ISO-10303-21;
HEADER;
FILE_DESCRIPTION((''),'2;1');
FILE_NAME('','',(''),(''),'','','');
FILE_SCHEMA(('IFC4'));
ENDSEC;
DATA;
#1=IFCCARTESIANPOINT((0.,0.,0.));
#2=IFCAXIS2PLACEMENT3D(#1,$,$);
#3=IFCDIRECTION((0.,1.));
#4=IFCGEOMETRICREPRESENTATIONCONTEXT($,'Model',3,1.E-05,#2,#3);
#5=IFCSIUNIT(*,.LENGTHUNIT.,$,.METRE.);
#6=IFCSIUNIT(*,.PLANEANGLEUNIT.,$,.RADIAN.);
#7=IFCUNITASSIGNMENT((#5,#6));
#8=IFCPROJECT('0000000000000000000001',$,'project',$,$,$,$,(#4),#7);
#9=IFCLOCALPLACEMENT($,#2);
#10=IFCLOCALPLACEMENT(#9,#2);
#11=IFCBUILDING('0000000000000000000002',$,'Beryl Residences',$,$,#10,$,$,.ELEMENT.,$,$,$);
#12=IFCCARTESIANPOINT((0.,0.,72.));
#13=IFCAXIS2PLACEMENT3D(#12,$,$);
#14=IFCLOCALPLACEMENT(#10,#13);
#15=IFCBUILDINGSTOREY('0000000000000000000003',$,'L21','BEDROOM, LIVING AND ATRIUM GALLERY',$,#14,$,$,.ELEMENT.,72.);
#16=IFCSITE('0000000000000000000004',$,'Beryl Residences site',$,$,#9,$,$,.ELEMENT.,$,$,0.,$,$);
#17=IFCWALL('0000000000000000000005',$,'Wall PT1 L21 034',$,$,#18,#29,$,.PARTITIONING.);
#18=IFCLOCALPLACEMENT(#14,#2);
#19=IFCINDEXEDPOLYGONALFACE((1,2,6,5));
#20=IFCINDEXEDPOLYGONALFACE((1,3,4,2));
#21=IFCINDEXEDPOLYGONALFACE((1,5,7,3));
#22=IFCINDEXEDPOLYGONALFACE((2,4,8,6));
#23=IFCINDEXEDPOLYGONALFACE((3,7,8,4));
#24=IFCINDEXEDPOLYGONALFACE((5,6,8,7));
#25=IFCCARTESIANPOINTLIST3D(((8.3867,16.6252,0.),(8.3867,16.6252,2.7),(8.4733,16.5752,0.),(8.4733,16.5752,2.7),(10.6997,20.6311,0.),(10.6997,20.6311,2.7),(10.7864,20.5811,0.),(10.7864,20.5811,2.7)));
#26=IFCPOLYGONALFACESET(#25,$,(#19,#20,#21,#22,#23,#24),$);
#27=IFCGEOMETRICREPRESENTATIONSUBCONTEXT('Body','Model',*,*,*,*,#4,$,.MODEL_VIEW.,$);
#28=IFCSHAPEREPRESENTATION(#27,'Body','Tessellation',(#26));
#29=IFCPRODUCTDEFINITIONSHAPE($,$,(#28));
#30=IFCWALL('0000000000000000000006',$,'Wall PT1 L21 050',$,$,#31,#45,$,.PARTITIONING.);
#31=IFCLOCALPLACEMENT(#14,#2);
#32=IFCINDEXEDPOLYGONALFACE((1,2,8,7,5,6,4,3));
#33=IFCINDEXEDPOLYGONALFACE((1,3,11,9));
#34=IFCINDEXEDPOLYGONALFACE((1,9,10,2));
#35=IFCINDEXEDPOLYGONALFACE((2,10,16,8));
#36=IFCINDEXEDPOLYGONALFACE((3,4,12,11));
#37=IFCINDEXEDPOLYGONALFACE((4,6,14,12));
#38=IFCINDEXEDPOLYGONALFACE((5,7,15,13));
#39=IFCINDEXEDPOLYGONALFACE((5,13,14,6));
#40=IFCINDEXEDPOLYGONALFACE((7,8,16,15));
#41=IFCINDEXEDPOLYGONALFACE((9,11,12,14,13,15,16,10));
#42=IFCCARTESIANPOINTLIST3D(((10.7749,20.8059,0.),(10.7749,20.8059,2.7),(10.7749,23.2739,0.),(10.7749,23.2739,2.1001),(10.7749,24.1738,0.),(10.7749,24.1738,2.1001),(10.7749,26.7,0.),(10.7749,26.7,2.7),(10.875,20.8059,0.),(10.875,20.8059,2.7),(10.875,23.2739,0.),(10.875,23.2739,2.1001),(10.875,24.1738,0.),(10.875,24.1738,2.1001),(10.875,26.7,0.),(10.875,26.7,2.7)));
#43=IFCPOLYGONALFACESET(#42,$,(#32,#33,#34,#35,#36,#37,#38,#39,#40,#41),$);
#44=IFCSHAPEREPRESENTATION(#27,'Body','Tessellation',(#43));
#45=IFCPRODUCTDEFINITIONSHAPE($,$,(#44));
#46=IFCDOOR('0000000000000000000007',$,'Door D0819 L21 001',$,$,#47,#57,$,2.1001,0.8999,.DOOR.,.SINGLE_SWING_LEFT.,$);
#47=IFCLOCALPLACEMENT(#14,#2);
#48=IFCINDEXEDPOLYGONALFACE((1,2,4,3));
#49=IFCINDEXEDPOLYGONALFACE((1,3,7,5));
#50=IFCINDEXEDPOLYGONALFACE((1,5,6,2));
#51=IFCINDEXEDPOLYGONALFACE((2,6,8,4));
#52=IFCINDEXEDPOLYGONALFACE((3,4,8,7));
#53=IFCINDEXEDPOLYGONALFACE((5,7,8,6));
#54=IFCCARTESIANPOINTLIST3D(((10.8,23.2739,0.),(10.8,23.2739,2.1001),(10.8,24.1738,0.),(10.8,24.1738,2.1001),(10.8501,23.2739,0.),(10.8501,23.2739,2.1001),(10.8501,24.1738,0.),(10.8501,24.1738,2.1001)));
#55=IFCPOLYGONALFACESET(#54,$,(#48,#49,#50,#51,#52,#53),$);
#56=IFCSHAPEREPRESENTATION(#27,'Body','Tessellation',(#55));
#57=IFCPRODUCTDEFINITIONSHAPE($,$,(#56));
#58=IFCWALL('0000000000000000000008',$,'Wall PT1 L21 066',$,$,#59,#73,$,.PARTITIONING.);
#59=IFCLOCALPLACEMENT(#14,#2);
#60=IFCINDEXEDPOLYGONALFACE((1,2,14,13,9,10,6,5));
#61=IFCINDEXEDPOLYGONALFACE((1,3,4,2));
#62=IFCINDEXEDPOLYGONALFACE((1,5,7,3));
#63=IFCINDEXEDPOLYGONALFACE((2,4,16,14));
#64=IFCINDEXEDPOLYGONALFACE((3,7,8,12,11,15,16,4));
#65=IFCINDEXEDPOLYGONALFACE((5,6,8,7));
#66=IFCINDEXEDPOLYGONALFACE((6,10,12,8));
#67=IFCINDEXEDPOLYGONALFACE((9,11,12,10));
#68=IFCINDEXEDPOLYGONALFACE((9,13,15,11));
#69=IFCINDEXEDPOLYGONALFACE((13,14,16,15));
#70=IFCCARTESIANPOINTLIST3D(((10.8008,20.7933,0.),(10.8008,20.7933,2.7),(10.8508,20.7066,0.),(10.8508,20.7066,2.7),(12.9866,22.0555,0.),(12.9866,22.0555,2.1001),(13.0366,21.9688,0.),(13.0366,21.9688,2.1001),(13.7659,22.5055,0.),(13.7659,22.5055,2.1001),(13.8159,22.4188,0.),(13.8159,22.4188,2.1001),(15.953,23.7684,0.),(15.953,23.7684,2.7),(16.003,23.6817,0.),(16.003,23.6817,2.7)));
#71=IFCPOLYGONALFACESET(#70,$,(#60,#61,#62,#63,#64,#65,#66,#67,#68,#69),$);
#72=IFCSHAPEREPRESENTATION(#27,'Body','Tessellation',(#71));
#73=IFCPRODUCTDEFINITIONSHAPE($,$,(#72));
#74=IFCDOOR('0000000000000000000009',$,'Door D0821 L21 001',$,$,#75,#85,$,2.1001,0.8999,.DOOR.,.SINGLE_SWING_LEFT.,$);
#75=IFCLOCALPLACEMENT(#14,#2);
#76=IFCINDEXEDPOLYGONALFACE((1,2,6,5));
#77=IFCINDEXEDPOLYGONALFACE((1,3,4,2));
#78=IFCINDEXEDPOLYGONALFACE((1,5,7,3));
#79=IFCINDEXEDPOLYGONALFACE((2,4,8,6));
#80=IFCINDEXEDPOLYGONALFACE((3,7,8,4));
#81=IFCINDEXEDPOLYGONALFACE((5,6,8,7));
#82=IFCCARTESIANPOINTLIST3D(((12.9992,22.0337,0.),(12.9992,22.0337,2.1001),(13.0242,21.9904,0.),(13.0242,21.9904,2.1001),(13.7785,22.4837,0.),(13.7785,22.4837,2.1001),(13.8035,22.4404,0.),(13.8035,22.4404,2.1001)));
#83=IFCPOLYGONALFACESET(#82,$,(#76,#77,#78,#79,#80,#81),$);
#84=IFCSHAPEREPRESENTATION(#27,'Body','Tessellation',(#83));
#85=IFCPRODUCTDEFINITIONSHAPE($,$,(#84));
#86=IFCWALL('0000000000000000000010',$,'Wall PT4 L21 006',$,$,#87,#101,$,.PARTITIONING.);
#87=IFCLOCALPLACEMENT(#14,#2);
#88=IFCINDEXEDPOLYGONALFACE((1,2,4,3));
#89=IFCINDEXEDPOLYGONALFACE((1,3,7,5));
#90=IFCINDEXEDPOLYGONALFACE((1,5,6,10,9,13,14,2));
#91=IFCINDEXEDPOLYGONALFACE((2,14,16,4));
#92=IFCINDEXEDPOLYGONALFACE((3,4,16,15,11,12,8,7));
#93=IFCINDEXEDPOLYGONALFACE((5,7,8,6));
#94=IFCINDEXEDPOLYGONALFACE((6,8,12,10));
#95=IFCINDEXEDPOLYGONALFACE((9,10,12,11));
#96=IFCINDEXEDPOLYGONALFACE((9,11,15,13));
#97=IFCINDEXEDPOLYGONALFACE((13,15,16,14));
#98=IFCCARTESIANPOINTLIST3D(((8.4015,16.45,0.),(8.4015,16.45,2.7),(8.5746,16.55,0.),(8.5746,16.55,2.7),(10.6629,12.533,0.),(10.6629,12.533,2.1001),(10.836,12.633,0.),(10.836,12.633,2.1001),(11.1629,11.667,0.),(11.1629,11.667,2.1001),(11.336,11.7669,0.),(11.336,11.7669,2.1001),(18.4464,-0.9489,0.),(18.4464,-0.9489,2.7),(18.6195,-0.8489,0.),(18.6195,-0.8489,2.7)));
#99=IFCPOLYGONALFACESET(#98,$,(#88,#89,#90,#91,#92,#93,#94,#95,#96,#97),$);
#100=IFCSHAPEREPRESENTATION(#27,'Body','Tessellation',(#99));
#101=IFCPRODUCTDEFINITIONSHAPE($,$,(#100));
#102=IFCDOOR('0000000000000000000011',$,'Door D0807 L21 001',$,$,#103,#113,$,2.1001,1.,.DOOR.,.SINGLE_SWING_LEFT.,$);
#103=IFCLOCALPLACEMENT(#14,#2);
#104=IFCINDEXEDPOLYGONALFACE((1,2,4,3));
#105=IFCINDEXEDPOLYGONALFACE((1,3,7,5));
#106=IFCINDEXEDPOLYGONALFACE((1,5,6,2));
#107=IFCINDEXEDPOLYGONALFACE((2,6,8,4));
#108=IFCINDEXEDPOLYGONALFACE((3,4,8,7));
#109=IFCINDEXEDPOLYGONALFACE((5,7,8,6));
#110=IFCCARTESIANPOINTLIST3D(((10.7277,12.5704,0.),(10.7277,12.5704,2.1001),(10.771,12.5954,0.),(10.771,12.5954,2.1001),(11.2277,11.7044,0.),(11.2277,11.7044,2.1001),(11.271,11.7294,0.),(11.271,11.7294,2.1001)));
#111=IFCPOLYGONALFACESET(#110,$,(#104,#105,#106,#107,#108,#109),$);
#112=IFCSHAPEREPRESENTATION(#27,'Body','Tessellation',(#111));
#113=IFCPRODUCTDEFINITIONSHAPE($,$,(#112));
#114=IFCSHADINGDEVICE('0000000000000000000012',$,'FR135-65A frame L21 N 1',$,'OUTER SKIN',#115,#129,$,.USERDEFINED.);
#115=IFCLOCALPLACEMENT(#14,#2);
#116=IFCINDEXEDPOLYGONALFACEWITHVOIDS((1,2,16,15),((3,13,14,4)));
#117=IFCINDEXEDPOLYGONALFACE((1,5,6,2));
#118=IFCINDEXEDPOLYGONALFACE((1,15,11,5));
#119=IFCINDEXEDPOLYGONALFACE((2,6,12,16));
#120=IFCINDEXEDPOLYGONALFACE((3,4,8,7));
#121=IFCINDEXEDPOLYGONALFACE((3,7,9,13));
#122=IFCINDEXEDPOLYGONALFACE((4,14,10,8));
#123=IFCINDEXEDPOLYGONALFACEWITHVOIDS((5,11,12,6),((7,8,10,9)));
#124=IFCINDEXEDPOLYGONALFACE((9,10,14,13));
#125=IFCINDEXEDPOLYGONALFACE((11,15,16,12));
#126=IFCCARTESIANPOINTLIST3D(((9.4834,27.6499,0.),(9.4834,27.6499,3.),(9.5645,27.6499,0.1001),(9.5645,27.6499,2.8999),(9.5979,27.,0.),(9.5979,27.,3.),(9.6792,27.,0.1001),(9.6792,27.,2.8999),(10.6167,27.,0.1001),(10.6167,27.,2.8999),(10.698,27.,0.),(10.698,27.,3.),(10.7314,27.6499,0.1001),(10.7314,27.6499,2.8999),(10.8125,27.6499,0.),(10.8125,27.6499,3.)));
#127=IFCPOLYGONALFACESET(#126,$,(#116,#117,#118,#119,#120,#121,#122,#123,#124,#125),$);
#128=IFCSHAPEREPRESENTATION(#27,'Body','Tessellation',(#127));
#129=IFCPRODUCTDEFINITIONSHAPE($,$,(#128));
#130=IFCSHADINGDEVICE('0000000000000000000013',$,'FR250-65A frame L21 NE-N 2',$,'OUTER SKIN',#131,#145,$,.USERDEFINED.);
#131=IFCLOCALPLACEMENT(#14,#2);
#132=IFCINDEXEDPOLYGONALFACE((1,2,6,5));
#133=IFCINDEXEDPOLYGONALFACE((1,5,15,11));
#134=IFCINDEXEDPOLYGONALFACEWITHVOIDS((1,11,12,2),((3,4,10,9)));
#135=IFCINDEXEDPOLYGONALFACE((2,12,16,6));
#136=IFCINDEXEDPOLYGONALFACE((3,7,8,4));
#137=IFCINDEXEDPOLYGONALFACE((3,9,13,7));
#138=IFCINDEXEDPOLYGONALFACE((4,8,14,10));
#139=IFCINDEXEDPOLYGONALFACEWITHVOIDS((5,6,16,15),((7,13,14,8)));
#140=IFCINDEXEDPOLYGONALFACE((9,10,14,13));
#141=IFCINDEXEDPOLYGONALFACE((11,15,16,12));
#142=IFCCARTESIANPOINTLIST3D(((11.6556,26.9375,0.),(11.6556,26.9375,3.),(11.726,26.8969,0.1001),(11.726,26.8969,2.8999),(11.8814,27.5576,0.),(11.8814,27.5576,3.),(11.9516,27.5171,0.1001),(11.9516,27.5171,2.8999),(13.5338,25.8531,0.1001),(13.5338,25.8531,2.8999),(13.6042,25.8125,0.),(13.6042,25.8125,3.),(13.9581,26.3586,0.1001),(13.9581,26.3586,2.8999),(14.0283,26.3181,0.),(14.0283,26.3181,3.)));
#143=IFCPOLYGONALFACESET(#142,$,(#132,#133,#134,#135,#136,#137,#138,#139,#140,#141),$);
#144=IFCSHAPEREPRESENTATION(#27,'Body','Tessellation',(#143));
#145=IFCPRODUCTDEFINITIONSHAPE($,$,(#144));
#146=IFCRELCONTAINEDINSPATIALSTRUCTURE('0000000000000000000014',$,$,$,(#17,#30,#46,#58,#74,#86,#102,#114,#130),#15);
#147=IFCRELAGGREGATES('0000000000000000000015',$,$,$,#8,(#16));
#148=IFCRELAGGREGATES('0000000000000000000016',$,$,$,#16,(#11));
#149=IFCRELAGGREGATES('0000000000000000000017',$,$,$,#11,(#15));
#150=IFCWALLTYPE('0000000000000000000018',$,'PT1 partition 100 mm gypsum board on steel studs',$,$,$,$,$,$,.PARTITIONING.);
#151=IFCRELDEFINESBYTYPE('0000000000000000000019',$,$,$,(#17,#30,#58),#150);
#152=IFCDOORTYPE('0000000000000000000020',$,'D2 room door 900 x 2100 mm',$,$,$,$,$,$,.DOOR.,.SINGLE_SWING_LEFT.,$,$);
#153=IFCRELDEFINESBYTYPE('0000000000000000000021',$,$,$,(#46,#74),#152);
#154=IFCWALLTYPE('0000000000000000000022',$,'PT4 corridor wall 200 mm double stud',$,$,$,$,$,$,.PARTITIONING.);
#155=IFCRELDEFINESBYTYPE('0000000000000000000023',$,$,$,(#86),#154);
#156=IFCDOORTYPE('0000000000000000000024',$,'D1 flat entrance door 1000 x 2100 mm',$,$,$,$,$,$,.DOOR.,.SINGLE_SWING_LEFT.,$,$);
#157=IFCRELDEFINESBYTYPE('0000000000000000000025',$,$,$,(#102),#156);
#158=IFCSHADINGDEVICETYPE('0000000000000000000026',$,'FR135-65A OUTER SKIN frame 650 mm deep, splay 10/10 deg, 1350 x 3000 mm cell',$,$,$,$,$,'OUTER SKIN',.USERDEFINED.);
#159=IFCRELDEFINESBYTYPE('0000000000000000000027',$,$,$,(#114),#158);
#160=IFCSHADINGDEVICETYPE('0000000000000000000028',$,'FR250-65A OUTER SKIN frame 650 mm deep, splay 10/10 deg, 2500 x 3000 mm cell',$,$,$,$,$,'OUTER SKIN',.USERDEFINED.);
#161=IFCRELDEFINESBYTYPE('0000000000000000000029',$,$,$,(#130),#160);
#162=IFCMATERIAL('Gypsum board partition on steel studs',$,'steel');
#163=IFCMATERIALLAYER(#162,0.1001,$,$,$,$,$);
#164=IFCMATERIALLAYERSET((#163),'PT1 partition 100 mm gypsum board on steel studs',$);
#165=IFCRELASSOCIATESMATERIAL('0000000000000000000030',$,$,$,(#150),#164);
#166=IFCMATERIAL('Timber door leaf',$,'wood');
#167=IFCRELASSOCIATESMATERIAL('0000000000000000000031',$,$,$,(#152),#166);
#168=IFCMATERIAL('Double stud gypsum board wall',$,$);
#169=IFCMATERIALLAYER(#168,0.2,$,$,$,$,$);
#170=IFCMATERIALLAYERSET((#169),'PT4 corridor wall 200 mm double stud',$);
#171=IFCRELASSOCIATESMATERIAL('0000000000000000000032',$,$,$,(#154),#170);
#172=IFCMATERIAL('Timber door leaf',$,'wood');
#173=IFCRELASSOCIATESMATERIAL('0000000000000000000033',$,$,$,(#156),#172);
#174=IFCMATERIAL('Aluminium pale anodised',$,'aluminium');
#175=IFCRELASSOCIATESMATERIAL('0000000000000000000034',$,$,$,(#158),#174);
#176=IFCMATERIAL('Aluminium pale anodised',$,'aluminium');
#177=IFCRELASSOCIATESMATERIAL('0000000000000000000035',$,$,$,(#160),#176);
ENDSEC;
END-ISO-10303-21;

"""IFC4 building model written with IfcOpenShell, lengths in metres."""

from ifc_helpers import new_model, entity, si_unit, direction, frame, frame_2d, origin, place, context, subcontext, project, spatial, rectangle, extrude, source, transform, mapped, material, layer, layer_set, type_object, type_shapes, element, fill, save


model = new_model("IFC4")

# Units and contexts
model_context = context("Model", 3, precision=1e-05, world=origin(), true_north=direction((0.0, 1.0)))
body_context = subcontext(model_context, "Body", "Model", "MODEL_VIEW")
ifc_project = project(units=[si_unit("LENGTHUNIT", "METRE"), si_unit("PLANEANGLEUNIT", "RADIAN")], contexts=[model_context])

# Site, building, storey
site_placement = place(None, origin())
site = spatial("IfcSite", under=ifc_project, at=site_placement, Name="Beryl Residences site", CompositionType="ELEMENT", RefElevation=0.0)
building_placement = place(site_placement, origin())
building = spatial("IfcBuilding", under=site, at=building_placement, Name="Beryl Residences", CompositionType="ELEMENT")
storey_placement = place(building_placement, frame((0.0, 0.0, 72.0)))
storey = spatial("IfcBuildingStorey", under=building, at=storey_placement, Name="L21", Description="BEDROOM, LIVING AND ATRIUM GALLERY", CompositionType="ELEMENT", Elevation=72.0)

# Shared definitions
ifc_material_1 = material(Name="Gypsum board partition on steel studs", Category="steel")
ifc_layer_1 = layer(ifc_material_1, 0.1001)
ifc_layer_set_1 = layer_set([ifc_layer_1], Name="PT1 partition 100 mm gypsum board on steel studs")
wall_type_1 = type_object("IfcWallType", Name="PT1 partition 100 mm gypsum board on steel studs", PredefinedType="PARTITIONING", material=ifc_layer_set_1)

# Wall
wall_1_placement = place(storey_placement, frame((8.4299, 16.6001, 0.0), z_axis=(0.0, 0.0, 1.0), x_axis=(0.500033, 0.866006, 0.0)))
element("IfcWall", 1, at=wall_1_placement, inside=storey, type_object=wall_type_1, Name="Wall PT1 L21 034", PredefinedType="PARTITIONING", context=body_context, shape_type="SweptSolid", body=[
    extrude(rectangle(XDim=4.6257, YDim=0.1001, at=frame_2d((2.313, 0.0))), origin(), (0.0, 0.0, 1.0), 2.7),
])

# Walls, openings, doors
wall_2_placement = place(storey_placement, frame((10.825, 20.8059, 0.0), z_axis=(0.0, 0.0, 1.0), x_axis=(0.0, 1.0, 0.0)))
wall_2 = element("IfcWall", 2, at=wall_2_placement, inside=storey, type_object=wall_type_1, Name="Wall PT1 L21 050", PredefinedType="PARTITIONING", context=body_context, shape_type="SweptSolid", body=[
    extrude(rectangle(XDim=5.894, YDim=0.1001, at=frame_2d((2.947, 0.0))), origin(), (0.0, 0.0, 1.0), 2.7),
])
opening_1_placement = place(wall_2_placement, frame((2.468, 0.0, 0.0)))
opening_1 = element("IfcOpeningElement", 3, at=opening_1_placement, cuts=wall_2, PredefinedType="OPENING", context=body_context, shape_type="SweptSolid", body=[
    extrude(rectangle(XDim=0.8999, YDim=2.1001, at=frame_2d((0.45, 1.05))), frame((0.0, 0.0601, 0.0), z_axis=(0.0, -1.0, 0.0), x_axis=(1.0, 0.0, 0.0)), (0.0, 0.0, 1.0), 0.1201),
])
ifc_material_2 = material(Name="Timber door leaf", Category="wood")
door_type_1 = type_object("IfcDoorType", Name="D2 room door 900 x 2100 mm", OperationType="SINGLE_SWING_LEFT", PredefinedType="DOOR", material=ifc_material_2)
door_1_placement = place(opening_1_placement, origin())
door_1 = element("IfcDoor", 4, at=door_1_placement, inside=storey, type_object=door_type_1, Name="Door D0819 L21 001", OperationType="SINGLE_SWING_LEFT", OverallHeight=2.1001, OverallWidth=0.8999, PredefinedType="DOOR", context=body_context, shape_type="SweptSolid", body=[
    extrude(rectangle(XDim=0.8999, YDim=2.1001, at=frame_2d((0.45, 1.05))), frame((0.0, 0.0249, 0.0), z_axis=(0.0, -1.0, 0.0), x_axis=(1.0, 0.0, 0.0)), (0.0, 0.0, 1.0), 0.05),
])
fill(opening_1, door_1)
wall_3_placement = place(storey_placement, frame((10.8259, 20.75, 0.0), z_axis=(0.0, 0.0, 1.0), x_axis=(0.865987, 0.500067, 0.0)))
wall_3 = element("IfcWall", 5, at=wall_3_placement, inside=storey, type_object=wall_type_1, Name="Wall PT1 L21 066", PredefinedType="PARTITIONING", context=body_context, shape_type="SweptSolid", body=[
    extrude(rectangle(XDim=5.9495, YDim=0.1001, at=frame_2d((2.9746, 0.0))), origin(), (0.0, 0.0, 1.0), 2.7),
])
opening_2_placement = place(wall_3_placement, frame((2.5239, 0.0, 0.0)))
opening_2 = element("IfcOpeningElement", 6, at=opening_2_placement, cuts=wall_3, PredefinedType="OPENING", context=body_context, shape_type="SweptSolid", body=[
    extrude(rectangle(XDim=0.8999, YDim=2.1001, at=frame_2d((0.45, 1.05))), frame((0.0, 0.0601, 0.0), z_axis=(0.0, -1.0, 0.0), x_axis=(1.0, 0.0, 0.0)), (0.0, 0.0, 1.0), 0.1201),
])
door_2_placement = place(opening_2_placement, origin())
door_2 = element("IfcDoor", 7, at=door_2_placement, inside=storey, type_object=door_type_1, Name="Door D0821 L21 001", OperationType="SINGLE_SWING_LEFT", OverallHeight=2.1001, OverallWidth=0.8999, PredefinedType="DOOR", context=body_context, shape_type="SweptSolid", body=[
    extrude(rectangle(XDim=0.8999, YDim=2.1001, at=frame_2d((0.45, 1.05))), frame((0.0, 0.0249, 0.0), z_axis=(0.0, -1.0, 0.0), x_axis=(1.0, 0.0, 0.0)), (0.0, 0.0, 1.0), 0.05),
])
fill(opening_2, door_2)
ifc_material_3 = material(Name="Double stud gypsum board wall")
ifc_layer_2 = layer(ifc_material_3, 0.2)
ifc_layer_set_2 = layer_set([ifc_layer_2], Name="PT4 corridor wall 200 mm double stud")
wall_type_2 = type_object("IfcWallType", Name="PT4 corridor wall 200 mm double stud", PredefinedType="PARTITIONING", material=ifc_layer_set_2)
wall_4_placement = place(storey_placement, frame((8.488, 16.5, 0.0), z_axis=(0.0, 0.0, 1.0), x_axis=(0.499987, -0.866033, 0.0)))
wall_4 = element("IfcWall", 8, at=wall_4_placement, inside=storey, type_object=wall_type_2, Name="Wall PT4 L21 006", PredefinedType="PARTITIONING", context=body_context, shape_type="SweptSolid", body=[
    extrude(rectangle(XDim=20.0903, YDim=0.2, at=frame_2d((10.0452, 0.0))), origin(), (0.0, 0.0, 1.0), 2.7),
])
opening_3_placement = place(wall_4_placement, frame((4.5229, 0.0, 0.0)))
opening_3 = element("IfcOpeningElement", 9, at=opening_3_placement, cuts=wall_4, PredefinedType="OPENING", context=body_context, shape_type="SweptSolid", body=[
    extrude(rectangle(XDim=1.0, YDim=2.1001, at=frame_2d((0.5, 1.05))), frame((0.0, 0.1099, 0.0), z_axis=(0.0, -1.0, 0.0), x_axis=(1.0, 0.0, 0.0)), (0.0, 0.0, 1.0), 0.22),
])
ifc_material_4 = material(Name="Timber door leaf", Category="wood")
door_type_2 = type_object("IfcDoorType", Name="D1 flat entrance door 1000 x 2100 mm", OperationType="SINGLE_SWING_LEFT", PredefinedType="DOOR", material=ifc_material_4)
door_3_placement = place(opening_3_placement, origin())
door_3 = element("IfcDoor", 10, at=door_3_placement, inside=storey, type_object=door_type_2, Name="Door D0807 L21 001", OperationType="SINGLE_SWING_LEFT", OverallHeight=2.1001, OverallWidth=1.0, PredefinedType="DOOR", context=body_context, shape_type="SweptSolid", body=[
    extrude(rectangle(XDim=1.0, YDim=2.1001, at=frame_2d((0.5, 1.05))), frame((0.0, 0.0249, 0.0), z_axis=(0.0, -1.0, 0.0), x_axis=(1.0, 0.0, 0.0)), (0.0, 0.0, 1.0), 0.05),
])
fill(opening_3, door_3)

# Shading devices
ifc_material_5 = material(Name="Aluminium pale anodised", Category="aluminium")
shading_device_type_1 = type_object("IfcShadingDeviceType", Name="FR135-65A OUTER SKIN frame 650 mm deep, splay 10/10 deg, 1350 x 3000 mm cell", ElementType="OUTER SKIN", PredefinedType="USERDEFINED", material=ifc_material_5)
cartesian_point_1 = entity("IfcCartesianPoint", [-0.55, 0.0])
cartesian_point_2 = entity("IfcCartesianPoint", [-0.4688, 0.1001])
cartesian_point_3 = entity("IfcCartesianPoint", [-0.6646, 0.0])
cartesian_point_4 = entity("IfcCartesianPoint", [-0.5835, 0.1001])
shared_shape_1 = source(origin(), body_context, "Body", "SweptSolid", [
    entity("IfcExtrudedAreaSolidTapered", entity("IfcArbitraryProfileDefWithVoids", "AREA", None, entity("IfcPolyline", [cartesian_point_1, entity("IfcCartesianPoint", [0.55, 0.0]), entity("IfcCartesianPoint", [0.55, 3.0]), entity("IfcCartesianPoint", [-0.55, 3.0]), cartesian_point_1]), [entity("IfcPolyline", [cartesian_point_2, entity("IfcCartesianPoint", [0.4688, 0.1001]), entity("IfcCartesianPoint", [0.4688, 2.8999]), entity("IfcCartesianPoint", [-0.4688, 2.8999]), cartesian_point_2])]), entity("IfcAxis2Placement3D", entity("IfcCartesianPoint", [0.0, 0.0, 0.0]), entity("IfcDirection", [0.0, 1.0, 0.0]), entity("IfcDirection", [-1.0, 0.0, 0.0])), entity("IfcDirection", [0.0, 0.0, 1.0]), 0.6499, entity("IfcArbitraryProfileDefWithVoids", "AREA", None, entity("IfcPolyline", [cartesian_point_3, entity("IfcCartesianPoint", [0.6646, 0.0]), entity("IfcCartesianPoint", [0.6646, 3.0]), entity("IfcCartesianPoint", [-0.6646, 3.0]), cartesian_point_3]), [entity("IfcPolyline", [cartesian_point_4, entity("IfcCartesianPoint", [0.5835, 0.1001]), entity("IfcCartesianPoint", [0.5835, 2.8999]), entity("IfcCartesianPoint", [-0.5835, 2.8999]), cartesian_point_4])])),
])
type_shapes(shading_device_type_1, [shared_shape_1])
shading_device_1_placement = place(storey_placement, frame((10.1479, 27.0, 0.0), z_axis=(0.0, 0.0, 1.0), x_axis=(1.0, 0.0, 0.0)))
element("IfcShadingDevice", 11, at=shading_device_1_placement, inside=storey, type_object=shading_device_type_1, Name="FR135-65A frame L21 N 1", ObjectType="OUTER SKIN", PredefinedType="USERDEFINED", context=body_context, shape_type="MappedRepresentation", body=[
    mapped(shared_shape_1, transform((0.0, 0.0, 0.0))),
])
ifc_material_6 = material(Name="Aluminium pale anodised", Category="aluminium")
shading_device_type_2 = type_object("IfcShadingDeviceType", Name="FR250-65A OUTER SKIN frame 650 mm deep, splay 10/10 deg, 2500 x 3000 mm cell", ElementType="OUTER SKIN", PredefinedType="USERDEFINED", material=ifc_material_6)
cartesian_point_5 = entity("IfcCartesianPoint", [-1.125, 0.0])
cartesian_point_6 = entity("IfcCartesianPoint", [-1.0437, 0.1001])
cartesian_point_7 = entity("IfcCartesianPoint", [-1.2395, 0.0])
cartesian_point_8 = entity("IfcCartesianPoint", [-1.1584, 0.1001])
shared_shape_2 = source(origin(), body_context, "Body", "SweptSolid", [
    entity("IfcExtrudedAreaSolidTapered", entity("IfcArbitraryProfileDefWithVoids", "AREA", None, entity("IfcPolyline", [cartesian_point_5, entity("IfcCartesianPoint", [1.125, 0.0]), entity("IfcCartesianPoint", [1.125, 3.0]), entity("IfcCartesianPoint", [-1.125, 3.0]), cartesian_point_5]), [entity("IfcPolyline", [cartesian_point_6, entity("IfcCartesianPoint", [1.0437, 0.1001]), entity("IfcCartesianPoint", [1.0437, 2.8999]), entity("IfcCartesianPoint", [-1.0437, 2.8999]), cartesian_point_6])]), entity("IfcAxis2Placement3D", entity("IfcCartesianPoint", [0.0, 0.0, 0.0]), entity("IfcDirection", [0.0, 1.0, 0.0]), entity("IfcDirection", [-1.0, 0.0, 0.0])), entity("IfcDirection", [0.0, 0.0, 1.0]), 0.6499, entity("IfcArbitraryProfileDefWithVoids", "AREA", None, entity("IfcPolyline", [cartesian_point_7, entity("IfcCartesianPoint", [1.2395, 0.0]), entity("IfcCartesianPoint", [1.2395, 3.0]), entity("IfcCartesianPoint", [-1.2395, 3.0]), cartesian_point_7]), [entity("IfcPolyline", [cartesian_point_8, entity("IfcCartesianPoint", [1.1584, 0.1001]), entity("IfcCartesianPoint", [1.1584, 2.8999]), entity("IfcCartesianPoint", [-1.1584, 2.8999]), cartesian_point_8])])),
])
type_shapes(shading_device_type_2, [shared_shape_2])
shading_device_2_placement = place(storey_placement, frame((12.6299, 26.375, 0.0), z_axis=(0.0, 0.0, 1.0), x_axis=(0.866025, -0.5, 0.0)))
element("IfcShadingDevice", 12, at=shading_device_2_placement, inside=storey, type_object=shading_device_type_2, Name="FR250-65A frame L21 NE-N 2", ObjectType="OUTER SKIN", PredefinedType="USERDEFINED", context=body_context, shape_type="MappedRepresentation", body=[
    mapped(shared_shape_2, transform((0.0, 0.0, 0.0))),
])

save(model, "model.ifc")
